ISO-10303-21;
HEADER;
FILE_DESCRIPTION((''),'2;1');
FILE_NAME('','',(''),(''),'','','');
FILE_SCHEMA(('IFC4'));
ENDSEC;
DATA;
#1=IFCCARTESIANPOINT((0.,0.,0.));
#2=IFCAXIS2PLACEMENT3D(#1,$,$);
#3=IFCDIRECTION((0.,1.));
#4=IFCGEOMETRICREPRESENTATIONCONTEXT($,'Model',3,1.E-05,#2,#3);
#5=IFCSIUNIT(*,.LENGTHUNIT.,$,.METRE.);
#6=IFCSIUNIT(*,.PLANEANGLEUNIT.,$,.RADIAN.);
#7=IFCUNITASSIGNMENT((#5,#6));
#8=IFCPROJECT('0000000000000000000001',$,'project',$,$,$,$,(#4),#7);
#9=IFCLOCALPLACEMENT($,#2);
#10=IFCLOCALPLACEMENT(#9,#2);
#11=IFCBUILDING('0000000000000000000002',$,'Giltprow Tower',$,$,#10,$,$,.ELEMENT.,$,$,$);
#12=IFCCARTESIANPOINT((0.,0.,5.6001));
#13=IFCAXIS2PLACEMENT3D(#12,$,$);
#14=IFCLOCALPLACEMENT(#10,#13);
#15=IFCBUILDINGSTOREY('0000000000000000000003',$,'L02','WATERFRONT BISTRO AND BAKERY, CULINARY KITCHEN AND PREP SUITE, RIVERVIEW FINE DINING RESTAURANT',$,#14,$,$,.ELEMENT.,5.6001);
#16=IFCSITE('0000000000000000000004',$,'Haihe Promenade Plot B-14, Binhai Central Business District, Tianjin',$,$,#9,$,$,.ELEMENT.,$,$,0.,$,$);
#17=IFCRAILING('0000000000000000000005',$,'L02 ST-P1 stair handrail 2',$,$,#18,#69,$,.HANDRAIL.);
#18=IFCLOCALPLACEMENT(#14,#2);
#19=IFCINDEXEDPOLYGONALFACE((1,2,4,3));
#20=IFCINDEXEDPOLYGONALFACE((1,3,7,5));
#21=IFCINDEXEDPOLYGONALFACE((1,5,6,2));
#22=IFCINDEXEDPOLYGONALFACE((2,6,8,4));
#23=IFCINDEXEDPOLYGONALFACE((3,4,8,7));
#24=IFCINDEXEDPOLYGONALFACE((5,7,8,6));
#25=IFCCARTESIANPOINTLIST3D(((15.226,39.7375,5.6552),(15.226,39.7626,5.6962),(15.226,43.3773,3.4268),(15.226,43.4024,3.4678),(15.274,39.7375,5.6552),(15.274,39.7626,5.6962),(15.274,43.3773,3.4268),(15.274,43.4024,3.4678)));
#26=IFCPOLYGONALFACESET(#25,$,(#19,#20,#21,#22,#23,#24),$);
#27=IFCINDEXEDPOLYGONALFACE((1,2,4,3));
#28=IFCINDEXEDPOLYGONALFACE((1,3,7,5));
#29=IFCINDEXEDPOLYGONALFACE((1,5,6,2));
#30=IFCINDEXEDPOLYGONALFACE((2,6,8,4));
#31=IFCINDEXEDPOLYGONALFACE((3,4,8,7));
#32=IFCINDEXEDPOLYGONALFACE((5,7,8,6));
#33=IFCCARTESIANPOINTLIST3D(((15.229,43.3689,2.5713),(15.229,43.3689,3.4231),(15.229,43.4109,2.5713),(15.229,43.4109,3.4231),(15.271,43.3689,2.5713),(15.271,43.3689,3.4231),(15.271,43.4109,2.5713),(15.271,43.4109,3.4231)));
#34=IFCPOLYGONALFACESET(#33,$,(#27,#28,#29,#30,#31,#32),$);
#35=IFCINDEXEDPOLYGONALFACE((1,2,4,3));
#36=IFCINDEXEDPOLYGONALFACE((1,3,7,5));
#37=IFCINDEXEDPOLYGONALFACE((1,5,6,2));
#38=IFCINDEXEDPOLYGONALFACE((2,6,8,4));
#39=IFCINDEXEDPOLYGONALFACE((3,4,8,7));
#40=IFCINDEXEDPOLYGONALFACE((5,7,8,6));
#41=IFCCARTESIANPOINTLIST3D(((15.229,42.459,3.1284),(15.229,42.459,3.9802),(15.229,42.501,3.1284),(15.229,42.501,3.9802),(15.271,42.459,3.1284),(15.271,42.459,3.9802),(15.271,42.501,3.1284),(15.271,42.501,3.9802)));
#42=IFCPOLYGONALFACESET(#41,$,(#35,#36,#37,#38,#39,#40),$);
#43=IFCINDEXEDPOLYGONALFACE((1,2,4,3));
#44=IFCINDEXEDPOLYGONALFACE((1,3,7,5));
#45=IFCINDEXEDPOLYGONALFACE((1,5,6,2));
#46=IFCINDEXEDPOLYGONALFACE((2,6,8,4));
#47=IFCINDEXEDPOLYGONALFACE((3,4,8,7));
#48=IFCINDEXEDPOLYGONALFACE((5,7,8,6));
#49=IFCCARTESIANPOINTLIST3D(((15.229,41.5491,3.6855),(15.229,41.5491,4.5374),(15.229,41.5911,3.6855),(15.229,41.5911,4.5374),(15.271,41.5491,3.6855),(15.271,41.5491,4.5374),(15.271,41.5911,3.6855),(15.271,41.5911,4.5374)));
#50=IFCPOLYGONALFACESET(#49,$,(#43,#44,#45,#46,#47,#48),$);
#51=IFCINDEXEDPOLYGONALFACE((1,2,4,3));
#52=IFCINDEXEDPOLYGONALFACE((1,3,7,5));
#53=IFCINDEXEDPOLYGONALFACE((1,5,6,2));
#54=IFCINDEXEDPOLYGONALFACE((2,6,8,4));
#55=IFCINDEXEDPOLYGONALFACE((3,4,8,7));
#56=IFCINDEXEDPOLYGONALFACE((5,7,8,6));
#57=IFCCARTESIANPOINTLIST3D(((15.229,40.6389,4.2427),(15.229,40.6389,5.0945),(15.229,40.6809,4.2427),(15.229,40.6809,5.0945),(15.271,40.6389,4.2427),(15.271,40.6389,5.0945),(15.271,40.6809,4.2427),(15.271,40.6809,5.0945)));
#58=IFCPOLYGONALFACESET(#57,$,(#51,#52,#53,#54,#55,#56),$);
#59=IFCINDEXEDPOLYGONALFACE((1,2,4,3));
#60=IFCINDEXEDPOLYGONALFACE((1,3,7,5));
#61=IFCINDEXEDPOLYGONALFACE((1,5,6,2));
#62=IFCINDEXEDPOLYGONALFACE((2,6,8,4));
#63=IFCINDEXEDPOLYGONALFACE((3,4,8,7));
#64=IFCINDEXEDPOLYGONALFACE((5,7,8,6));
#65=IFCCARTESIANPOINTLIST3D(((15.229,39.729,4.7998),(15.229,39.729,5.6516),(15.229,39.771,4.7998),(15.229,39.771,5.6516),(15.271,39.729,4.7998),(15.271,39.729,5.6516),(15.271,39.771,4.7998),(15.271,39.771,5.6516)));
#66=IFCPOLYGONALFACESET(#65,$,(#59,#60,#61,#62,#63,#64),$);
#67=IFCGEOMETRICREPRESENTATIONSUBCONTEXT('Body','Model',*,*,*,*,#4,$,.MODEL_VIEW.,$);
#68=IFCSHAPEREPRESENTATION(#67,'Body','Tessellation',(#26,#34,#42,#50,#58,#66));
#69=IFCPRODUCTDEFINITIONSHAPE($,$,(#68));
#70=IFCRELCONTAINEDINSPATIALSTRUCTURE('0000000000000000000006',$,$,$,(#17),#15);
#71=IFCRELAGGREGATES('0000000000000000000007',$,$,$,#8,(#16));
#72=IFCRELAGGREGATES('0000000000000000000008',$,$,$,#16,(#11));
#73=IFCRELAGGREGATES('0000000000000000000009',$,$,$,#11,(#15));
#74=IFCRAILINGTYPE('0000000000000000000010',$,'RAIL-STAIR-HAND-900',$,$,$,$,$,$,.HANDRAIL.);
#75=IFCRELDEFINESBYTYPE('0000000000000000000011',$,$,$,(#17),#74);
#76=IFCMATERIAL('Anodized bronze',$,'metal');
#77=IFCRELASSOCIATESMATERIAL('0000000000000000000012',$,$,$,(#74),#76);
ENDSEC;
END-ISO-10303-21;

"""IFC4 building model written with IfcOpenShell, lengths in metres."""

from ifc_helpers import new_model, si_unit, direction, frame, origin, origin_2d, place, context, subcontext, project, spatial, rectangle, extrude, material, type_object, element, save


model = new_model("IFC4")

# Units and contexts
model_context = context("Model", 3, precision=1e-05, world=origin(), true_north=direction((0.0, 1.0)))
body_context = subcontext(model_context, "Body", "Model", "MODEL_VIEW")
ifc_project = project(units=[si_unit("LENGTHUNIT", "METRE"), si_unit("PLANEANGLEUNIT", "RADIAN")], contexts=[model_context])

# Site, building, storey
site_placement = place(None, origin())
site = spatial("IfcSite", under=ifc_project, at=site_placement, Name="Haihe Promenade Plot B-14, Binhai Central Business District, Tianjin", CompositionType="ELEMENT", RefElevation=0.0)
building_placement = place(site_placement, origin())
building = spatial("IfcBuilding", under=site, at=building_placement, Name="Giltprow Tower", CompositionType="ELEMENT")
storey_placement = place(building_placement, frame((0.0, 0.0, 5.6001)))
storey = spatial("IfcBuildingStorey", under=building, at=storey_placement, Name="L02", Description="WATERFRONT BISTRO AND BAKERY, CULINARY KITCHEN AND PREP SUITE, RIVERVIEW FINE DINING RESTAURANT", CompositionType="ELEMENT", Elevation=5.6001)

# Railing
ifc_material_1 = material(Name="Anodized bronze", Category="metal")
railing_type_1 = type_object("IfcRailingType", Name="RAIL-STAIR-HAND-900", PredefinedType="HANDRAIL", material=ifc_material_1)
railing_1_placement = place(storey_placement, frame((15.25, 43.3899, 2.5713)))
element("IfcRailing", 1, at=railing_1_placement, inside=storey, type_object=railing_type_1, Name="L02 ST-P1 stair handrail 2", PredefinedType="HANDRAIL", context=body_context, shape_type="SweptSolid", body=[
    extrude(rectangle(XDim=0.0481, YDim=0.0481, at=origin_2d()), frame((0.0, 0.0, 0.876), z_axis=(0.0, -0.85285, 0.522156), x_axis=(1.0, 0.0, 0.0)), (0.0, 0.0, 1.0), 4.2678),
    extrude(rectangle(XDim=0.042, YDim=0.042, at=origin_2d()), origin(), (0.0, 0.0, 1.0), 0.8518),
    extrude(rectangle(XDim=0.042, YDim=0.042, at=origin_2d()), frame((0.0, -0.9099, 0.5571)), (0.0, 0.0, 1.0), 0.8518),
    extrude(rectangle(XDim=0.042, YDim=0.042, at=origin_2d()), frame((0.0, -1.8198, 1.1143)), (0.0, 0.0, 1.0), 0.8518),
    extrude(rectangle(XDim=0.042, YDim=0.042, at=origin_2d()), frame((0.0, -2.73, 1.6714)), (0.0, 0.0, 1.0), 0.8518),
    extrude(rectangle(XDim=0.042, YDim=0.042, at=origin_2d()), frame((0.0, -3.6399, 2.2285)), (0.0, 0.0, 1.0), 0.8518),
])

save(model, "model.ifc")
